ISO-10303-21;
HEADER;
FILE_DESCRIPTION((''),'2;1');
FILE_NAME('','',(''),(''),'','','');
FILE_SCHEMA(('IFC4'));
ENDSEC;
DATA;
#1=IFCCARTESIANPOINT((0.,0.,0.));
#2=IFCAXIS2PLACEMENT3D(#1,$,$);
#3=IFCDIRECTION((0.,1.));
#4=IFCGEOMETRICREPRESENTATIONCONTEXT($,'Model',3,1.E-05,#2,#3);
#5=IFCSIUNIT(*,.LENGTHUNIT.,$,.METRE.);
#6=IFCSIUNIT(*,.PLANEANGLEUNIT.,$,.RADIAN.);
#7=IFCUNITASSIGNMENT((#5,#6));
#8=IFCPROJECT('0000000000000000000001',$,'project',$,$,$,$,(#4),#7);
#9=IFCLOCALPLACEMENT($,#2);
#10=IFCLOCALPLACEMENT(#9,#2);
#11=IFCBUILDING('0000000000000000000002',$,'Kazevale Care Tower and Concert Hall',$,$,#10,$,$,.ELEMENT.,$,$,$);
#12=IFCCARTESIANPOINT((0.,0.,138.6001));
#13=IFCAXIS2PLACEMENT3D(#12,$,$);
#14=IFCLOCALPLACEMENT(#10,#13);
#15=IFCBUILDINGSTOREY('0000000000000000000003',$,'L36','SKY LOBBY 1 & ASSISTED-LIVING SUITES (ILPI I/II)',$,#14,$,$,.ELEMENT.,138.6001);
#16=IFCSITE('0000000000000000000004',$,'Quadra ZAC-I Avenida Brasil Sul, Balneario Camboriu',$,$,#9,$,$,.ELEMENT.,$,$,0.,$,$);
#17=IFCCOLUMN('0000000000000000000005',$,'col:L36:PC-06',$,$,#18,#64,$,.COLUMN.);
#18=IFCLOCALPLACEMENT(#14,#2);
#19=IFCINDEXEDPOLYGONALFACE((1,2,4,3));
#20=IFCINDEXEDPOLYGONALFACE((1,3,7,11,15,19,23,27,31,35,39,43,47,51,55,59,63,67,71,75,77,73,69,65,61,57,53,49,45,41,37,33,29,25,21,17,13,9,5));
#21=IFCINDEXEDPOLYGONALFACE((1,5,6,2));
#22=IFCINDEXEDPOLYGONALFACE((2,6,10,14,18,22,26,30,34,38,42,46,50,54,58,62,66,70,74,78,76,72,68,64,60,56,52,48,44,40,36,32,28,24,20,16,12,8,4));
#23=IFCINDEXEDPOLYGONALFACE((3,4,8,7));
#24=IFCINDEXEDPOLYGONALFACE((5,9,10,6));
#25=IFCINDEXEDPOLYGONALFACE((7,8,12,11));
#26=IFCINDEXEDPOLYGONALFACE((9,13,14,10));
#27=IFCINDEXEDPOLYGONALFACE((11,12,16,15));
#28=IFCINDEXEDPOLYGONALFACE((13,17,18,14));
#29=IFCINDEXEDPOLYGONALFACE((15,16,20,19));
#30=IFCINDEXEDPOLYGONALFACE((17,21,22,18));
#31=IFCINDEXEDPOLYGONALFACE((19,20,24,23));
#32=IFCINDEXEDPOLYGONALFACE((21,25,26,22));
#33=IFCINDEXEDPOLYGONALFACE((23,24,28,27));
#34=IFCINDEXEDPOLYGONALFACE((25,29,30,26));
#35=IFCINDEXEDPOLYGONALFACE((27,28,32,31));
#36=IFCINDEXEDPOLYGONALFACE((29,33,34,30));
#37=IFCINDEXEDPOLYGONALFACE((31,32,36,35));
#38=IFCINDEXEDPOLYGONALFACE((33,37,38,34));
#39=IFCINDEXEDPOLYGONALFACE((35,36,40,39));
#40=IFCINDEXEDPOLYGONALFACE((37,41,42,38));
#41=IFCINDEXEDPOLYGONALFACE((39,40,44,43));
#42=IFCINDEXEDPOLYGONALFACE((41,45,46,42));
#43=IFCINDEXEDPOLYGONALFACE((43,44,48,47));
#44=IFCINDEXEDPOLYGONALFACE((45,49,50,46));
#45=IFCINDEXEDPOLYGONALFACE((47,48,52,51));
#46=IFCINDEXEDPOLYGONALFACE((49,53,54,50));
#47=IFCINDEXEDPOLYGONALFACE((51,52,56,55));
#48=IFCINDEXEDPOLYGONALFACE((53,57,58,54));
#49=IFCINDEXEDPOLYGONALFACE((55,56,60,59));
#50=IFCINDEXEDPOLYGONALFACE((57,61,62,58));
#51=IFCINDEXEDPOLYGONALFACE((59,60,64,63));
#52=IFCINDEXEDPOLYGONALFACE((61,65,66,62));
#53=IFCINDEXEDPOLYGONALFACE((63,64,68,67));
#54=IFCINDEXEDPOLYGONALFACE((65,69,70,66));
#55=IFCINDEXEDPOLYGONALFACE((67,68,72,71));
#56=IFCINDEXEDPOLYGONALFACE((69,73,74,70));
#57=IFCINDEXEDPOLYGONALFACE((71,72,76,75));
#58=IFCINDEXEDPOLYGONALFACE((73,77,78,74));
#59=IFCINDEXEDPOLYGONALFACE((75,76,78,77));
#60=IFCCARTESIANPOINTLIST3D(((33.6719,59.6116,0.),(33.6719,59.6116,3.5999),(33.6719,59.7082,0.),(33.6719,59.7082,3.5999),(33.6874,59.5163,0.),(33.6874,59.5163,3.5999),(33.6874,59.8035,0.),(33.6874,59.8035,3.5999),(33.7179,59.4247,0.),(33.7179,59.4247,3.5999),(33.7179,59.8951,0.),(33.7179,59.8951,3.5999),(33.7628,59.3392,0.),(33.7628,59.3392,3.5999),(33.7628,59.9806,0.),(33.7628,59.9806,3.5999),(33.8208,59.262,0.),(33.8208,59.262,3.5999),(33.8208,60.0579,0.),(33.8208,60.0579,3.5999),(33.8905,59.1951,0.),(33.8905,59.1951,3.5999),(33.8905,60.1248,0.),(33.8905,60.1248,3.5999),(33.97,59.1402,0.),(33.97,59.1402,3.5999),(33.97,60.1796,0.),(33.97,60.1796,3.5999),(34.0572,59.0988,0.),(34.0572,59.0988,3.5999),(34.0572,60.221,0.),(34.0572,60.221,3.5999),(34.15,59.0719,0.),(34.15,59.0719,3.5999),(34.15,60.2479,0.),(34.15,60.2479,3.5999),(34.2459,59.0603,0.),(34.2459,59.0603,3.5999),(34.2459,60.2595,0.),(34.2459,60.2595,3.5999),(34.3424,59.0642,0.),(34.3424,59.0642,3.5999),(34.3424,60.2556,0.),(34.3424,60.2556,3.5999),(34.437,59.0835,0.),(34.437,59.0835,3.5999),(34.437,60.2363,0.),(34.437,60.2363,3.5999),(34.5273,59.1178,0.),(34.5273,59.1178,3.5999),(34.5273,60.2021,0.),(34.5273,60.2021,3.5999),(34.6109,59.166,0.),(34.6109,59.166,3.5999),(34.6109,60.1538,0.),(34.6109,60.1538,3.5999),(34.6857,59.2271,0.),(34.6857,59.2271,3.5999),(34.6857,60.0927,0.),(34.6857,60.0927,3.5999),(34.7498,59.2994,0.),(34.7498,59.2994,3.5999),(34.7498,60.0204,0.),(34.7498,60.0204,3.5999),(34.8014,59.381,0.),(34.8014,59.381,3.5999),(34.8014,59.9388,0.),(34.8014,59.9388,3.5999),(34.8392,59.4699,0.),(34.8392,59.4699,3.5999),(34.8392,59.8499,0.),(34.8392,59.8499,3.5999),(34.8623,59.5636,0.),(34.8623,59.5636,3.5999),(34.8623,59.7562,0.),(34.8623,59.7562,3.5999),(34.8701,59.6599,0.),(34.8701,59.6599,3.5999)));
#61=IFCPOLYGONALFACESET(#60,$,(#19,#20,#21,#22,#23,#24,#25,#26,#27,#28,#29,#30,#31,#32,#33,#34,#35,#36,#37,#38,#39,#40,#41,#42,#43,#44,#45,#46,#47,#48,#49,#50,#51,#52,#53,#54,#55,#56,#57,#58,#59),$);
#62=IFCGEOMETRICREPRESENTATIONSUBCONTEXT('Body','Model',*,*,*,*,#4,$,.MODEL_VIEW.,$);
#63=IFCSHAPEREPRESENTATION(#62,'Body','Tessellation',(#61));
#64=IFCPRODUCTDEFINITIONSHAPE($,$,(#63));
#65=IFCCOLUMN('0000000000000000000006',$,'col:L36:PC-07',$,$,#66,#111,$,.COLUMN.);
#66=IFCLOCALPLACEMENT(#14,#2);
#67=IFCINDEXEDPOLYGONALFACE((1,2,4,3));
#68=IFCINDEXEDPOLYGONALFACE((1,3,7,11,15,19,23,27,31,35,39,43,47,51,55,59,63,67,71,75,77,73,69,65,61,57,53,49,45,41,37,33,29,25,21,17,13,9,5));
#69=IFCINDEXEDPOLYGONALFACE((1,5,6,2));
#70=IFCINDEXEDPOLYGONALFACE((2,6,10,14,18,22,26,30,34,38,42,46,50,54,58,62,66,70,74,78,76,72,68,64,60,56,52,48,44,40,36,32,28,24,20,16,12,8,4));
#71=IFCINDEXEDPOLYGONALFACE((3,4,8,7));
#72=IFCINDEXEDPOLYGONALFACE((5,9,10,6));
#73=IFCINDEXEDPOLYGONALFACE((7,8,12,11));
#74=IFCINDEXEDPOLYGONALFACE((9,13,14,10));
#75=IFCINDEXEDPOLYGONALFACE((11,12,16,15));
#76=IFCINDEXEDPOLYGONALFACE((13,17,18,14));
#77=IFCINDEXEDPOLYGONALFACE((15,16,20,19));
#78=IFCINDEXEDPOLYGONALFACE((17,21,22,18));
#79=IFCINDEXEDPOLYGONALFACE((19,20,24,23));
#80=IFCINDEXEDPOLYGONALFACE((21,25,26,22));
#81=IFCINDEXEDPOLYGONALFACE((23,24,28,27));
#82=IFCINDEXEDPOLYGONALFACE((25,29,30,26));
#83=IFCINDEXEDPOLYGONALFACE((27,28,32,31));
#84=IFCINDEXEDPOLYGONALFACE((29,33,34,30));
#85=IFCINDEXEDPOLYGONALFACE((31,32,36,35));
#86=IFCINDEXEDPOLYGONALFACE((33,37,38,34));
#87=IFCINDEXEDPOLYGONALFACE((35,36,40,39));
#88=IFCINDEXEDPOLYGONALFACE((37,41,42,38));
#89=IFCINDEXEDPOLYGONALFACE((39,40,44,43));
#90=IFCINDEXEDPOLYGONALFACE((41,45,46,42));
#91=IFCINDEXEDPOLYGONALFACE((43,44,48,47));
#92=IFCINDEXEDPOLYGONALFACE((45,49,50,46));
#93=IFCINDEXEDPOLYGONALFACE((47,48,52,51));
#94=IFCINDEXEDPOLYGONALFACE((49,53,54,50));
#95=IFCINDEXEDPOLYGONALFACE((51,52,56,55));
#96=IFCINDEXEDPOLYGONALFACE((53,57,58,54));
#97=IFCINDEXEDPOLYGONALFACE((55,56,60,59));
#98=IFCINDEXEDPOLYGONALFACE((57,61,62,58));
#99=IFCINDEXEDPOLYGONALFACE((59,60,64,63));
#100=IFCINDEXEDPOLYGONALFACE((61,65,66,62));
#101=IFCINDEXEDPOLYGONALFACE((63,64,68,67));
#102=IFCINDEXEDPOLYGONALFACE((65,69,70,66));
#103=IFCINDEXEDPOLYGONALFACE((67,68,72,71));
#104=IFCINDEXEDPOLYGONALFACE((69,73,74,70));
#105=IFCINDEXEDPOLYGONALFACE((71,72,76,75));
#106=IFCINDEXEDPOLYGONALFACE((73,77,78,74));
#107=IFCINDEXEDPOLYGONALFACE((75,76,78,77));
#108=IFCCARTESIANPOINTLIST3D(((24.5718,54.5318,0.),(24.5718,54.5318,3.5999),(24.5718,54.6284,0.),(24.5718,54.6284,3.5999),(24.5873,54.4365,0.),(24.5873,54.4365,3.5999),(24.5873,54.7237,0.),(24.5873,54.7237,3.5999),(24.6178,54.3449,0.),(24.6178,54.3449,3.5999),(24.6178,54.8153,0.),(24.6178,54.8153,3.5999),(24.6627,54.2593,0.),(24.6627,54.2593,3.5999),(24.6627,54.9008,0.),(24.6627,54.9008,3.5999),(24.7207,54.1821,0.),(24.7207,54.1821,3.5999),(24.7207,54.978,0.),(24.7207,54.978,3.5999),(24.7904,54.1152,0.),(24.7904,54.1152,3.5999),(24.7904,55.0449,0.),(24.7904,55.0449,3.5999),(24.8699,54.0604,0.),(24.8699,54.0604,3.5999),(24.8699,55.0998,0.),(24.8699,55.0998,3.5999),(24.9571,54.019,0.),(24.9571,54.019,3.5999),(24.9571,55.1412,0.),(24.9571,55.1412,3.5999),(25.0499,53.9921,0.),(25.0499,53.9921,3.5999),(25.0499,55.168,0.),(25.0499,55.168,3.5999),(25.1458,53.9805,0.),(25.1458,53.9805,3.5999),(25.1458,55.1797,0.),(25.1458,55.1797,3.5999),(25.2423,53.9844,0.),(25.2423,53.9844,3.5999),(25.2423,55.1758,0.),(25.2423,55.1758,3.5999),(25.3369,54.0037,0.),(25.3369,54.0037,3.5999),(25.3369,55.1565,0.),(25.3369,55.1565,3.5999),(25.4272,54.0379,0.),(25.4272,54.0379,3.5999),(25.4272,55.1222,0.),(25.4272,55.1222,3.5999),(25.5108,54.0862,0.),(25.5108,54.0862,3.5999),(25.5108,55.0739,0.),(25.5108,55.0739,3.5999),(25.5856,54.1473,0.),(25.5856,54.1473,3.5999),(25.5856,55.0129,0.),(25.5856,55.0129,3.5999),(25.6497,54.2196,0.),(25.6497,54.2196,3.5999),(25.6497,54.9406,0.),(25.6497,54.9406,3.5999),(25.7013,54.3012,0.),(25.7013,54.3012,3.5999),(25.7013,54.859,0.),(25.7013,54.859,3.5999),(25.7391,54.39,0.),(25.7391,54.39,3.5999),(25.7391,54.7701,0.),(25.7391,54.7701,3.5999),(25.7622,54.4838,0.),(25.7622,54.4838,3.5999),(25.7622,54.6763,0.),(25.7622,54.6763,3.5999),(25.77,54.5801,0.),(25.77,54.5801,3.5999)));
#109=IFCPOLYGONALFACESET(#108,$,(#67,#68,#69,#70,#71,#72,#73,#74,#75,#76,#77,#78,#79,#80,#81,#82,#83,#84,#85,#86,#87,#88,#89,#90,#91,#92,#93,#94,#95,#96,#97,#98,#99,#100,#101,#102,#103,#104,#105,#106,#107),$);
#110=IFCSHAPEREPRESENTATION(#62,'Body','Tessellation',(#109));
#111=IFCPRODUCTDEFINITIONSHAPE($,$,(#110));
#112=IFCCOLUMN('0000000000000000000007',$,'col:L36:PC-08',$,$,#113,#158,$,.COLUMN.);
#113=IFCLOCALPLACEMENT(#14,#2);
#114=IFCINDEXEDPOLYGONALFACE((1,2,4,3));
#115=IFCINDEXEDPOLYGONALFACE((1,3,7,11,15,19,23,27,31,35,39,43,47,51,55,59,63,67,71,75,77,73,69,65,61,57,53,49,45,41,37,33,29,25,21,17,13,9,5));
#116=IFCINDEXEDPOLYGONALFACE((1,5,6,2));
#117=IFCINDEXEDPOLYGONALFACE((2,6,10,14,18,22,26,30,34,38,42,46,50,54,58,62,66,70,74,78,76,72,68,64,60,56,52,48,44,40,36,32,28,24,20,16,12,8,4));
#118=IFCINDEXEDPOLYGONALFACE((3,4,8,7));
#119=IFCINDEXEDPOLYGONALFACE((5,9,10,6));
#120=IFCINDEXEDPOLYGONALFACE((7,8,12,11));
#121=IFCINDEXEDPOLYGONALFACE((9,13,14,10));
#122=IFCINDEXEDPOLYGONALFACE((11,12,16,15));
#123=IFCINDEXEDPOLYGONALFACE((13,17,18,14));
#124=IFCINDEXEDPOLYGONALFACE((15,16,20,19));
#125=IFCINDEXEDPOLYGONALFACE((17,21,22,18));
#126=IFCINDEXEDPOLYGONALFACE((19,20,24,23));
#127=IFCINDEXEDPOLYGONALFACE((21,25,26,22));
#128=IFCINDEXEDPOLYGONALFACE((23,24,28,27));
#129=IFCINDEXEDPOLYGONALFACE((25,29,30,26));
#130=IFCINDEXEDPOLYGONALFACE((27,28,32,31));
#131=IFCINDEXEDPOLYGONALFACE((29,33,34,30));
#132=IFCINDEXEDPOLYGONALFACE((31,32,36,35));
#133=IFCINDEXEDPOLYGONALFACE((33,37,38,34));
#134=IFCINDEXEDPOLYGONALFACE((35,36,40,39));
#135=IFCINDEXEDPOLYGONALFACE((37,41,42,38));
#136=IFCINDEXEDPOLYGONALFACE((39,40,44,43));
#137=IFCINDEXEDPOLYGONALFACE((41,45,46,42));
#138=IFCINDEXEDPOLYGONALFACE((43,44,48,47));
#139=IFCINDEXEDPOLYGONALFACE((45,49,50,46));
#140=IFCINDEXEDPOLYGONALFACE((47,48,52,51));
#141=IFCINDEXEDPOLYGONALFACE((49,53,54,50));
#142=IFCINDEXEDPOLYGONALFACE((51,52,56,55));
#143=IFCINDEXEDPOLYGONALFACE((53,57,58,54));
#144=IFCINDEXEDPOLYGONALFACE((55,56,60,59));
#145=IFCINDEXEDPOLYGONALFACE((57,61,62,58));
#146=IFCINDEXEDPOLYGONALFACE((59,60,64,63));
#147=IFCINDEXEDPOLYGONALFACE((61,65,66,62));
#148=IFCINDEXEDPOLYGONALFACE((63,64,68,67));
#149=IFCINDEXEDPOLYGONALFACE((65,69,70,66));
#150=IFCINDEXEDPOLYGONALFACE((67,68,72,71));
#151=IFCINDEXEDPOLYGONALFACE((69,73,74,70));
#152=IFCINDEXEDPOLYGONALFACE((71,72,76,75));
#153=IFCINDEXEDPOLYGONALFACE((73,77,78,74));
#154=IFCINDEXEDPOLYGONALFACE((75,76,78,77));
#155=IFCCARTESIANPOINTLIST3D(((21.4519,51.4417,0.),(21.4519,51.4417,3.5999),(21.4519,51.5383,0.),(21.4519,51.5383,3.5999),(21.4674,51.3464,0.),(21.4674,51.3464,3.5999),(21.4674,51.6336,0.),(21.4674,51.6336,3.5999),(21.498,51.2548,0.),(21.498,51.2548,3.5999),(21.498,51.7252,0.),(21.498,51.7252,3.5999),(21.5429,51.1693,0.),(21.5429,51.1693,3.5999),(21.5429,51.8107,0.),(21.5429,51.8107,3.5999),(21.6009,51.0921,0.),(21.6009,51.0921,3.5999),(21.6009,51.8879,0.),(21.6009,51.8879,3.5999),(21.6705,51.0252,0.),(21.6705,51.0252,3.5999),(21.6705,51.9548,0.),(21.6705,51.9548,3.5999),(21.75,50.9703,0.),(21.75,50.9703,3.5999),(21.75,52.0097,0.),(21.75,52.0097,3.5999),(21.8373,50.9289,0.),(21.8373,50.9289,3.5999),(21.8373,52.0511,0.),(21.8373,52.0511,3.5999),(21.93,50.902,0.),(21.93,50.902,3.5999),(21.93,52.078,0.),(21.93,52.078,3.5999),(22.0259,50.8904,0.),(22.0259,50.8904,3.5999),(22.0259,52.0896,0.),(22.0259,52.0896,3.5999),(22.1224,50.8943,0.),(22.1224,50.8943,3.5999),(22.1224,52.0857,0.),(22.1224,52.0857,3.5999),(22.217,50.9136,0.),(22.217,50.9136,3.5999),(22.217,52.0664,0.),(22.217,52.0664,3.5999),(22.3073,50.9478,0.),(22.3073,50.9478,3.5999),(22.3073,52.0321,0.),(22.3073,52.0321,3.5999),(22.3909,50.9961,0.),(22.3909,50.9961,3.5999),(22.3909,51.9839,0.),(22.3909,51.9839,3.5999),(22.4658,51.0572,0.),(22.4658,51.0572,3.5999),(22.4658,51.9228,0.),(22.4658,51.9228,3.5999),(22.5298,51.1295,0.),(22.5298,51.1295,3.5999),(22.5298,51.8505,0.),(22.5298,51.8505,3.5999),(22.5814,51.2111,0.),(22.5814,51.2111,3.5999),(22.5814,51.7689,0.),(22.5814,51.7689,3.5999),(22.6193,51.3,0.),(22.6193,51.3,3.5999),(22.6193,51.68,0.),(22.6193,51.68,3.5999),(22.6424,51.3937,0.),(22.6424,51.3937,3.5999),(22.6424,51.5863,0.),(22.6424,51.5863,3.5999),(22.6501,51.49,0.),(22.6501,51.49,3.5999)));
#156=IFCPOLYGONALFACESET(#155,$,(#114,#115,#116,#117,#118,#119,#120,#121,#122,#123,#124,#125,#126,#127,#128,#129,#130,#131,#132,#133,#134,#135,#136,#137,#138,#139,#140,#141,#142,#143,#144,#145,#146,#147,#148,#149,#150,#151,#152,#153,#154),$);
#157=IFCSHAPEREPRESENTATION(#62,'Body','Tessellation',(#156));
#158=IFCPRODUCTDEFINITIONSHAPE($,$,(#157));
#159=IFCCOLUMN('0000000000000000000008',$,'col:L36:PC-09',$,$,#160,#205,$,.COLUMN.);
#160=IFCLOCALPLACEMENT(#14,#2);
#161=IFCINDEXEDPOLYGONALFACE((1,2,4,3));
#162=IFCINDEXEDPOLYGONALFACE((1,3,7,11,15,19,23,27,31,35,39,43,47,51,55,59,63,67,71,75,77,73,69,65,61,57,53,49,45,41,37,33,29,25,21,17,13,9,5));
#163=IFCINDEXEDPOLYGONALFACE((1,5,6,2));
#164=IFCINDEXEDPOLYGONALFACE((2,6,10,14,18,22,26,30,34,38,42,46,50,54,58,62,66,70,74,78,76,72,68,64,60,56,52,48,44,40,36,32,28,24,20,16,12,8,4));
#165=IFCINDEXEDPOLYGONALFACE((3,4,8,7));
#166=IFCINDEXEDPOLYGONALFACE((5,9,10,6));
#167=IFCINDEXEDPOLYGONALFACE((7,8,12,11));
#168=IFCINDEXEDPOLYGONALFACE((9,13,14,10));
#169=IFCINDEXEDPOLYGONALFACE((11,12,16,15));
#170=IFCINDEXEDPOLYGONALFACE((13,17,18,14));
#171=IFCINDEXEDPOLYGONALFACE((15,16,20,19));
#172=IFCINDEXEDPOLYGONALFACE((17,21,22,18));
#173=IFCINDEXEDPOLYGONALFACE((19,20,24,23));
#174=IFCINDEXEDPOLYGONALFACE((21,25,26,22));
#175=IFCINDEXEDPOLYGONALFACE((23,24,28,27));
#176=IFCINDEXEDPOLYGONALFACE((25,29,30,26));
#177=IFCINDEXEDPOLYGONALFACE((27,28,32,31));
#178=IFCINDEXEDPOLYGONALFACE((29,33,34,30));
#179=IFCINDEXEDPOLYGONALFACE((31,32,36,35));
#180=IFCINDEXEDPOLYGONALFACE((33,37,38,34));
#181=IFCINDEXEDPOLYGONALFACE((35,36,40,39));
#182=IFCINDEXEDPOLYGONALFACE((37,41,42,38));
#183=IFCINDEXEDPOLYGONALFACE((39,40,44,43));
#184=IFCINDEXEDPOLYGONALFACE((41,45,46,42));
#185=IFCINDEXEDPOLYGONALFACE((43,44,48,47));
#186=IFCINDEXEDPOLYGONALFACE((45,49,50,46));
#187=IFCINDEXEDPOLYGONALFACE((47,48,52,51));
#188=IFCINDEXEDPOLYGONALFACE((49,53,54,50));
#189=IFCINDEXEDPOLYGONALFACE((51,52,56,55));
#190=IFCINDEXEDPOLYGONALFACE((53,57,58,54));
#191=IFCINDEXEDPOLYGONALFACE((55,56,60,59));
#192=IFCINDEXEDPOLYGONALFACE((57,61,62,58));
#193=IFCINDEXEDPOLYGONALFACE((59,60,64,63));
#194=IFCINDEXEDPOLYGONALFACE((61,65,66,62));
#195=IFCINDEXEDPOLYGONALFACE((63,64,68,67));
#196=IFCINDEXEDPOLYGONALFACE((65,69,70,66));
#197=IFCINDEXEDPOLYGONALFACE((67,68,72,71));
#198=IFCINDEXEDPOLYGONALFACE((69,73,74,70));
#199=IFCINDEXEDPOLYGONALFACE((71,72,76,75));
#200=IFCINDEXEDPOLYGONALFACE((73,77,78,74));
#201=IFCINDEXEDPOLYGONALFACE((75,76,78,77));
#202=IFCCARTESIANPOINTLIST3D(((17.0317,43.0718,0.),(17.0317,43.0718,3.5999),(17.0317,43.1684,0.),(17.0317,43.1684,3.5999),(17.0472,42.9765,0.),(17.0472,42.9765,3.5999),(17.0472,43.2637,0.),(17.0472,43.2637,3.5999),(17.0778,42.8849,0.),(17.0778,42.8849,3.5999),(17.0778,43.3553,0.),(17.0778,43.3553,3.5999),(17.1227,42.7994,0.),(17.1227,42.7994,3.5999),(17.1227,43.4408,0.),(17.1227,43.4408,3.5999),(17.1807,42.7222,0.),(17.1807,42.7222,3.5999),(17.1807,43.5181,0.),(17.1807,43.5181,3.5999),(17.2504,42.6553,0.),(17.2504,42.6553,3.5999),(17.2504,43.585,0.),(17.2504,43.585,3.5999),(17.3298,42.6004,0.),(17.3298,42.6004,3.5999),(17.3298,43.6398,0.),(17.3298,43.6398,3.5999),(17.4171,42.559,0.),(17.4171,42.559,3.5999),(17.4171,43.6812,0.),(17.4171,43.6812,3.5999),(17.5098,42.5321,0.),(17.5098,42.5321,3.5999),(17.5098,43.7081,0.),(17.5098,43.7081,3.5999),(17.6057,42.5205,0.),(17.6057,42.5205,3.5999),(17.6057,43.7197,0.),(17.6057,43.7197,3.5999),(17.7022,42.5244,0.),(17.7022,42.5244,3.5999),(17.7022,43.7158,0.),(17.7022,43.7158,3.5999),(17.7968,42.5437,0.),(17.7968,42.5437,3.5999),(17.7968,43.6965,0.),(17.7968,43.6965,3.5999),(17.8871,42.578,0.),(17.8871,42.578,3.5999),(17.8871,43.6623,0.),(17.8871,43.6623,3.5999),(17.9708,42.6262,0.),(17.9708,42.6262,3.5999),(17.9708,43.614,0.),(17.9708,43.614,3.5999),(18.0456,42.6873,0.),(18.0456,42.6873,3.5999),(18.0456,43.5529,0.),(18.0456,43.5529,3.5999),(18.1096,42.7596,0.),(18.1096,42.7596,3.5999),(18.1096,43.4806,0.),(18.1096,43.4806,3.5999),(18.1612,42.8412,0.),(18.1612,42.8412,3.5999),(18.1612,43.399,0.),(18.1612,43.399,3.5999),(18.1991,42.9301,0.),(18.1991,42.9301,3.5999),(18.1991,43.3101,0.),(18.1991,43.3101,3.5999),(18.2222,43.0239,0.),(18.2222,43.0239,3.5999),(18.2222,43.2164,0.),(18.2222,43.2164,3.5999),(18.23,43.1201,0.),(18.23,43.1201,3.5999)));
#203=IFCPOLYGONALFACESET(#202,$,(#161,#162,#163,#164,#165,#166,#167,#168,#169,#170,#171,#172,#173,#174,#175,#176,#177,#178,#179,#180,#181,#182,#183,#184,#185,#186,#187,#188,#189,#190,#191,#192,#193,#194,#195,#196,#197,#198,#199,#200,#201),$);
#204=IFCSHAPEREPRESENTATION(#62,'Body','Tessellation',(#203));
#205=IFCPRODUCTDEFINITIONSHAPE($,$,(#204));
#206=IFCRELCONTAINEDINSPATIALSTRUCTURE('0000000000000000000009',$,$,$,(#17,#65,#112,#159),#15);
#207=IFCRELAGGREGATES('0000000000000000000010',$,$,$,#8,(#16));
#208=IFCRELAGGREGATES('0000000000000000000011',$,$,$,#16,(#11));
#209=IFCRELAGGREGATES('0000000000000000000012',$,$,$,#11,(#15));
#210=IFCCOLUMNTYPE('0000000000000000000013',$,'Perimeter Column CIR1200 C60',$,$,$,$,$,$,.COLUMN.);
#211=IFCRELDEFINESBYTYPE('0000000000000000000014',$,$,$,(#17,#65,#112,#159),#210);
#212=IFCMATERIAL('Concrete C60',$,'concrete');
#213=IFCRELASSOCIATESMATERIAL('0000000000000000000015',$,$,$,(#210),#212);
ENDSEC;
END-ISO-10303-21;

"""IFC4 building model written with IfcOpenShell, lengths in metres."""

from ifc_helpers import new_model, si_unit, direction, frame, origin, origin_2d, place, context, subcontext, project, spatial, circle, extrude, material, material_profile, profile_set, type_object, element, save


model = new_model("IFC4")

# Units and contexts
model_context = context("Model", 3, precision=1e-05, world=origin(), true_north=direction((0.0, 1.0)))
body_context = subcontext(model_context, "Body", "Model", "MODEL_VIEW")
ifc_project = project(units=[si_unit("LENGTHUNIT", "METRE"), si_unit("PLANEANGLEUNIT", "RADIAN")], contexts=[model_context])

# Site, building, storey
site_placement = place(None, origin())
site = spatial("IfcSite", under=ifc_project, at=site_placement, Name="Quadra ZAC-I Avenida Brasil Sul, Balneario Camboriu", CompositionType="ELEMENT", RefElevation=0.0)
building_placement = place(site_placement, origin())
building = spatial("IfcBuilding", under=site, at=building_placement, Name="Kazevale Care Tower and Concert Hall", CompositionType="ELEMENT")
storey_placement = place(building_placement, frame((0.0, 0.0, 138.6001)))
storey = spatial("IfcBuildingStorey", under=building, at=storey_placement, Name="L36", Description="SKY LOBBY 1 & ASSISTED-LIVING SUITES (ILPI I/II)", CompositionType="ELEMENT", Elevation=138.6001)

# Columns
ifc_material_1 = material(Name="Concrete C60", Category="concrete")
ifc_material_profile_1 = material_profile(ifc_material_1, circle(Radius=0.6001, at=origin_2d()), Name="RC-CIR1200")
ifc_profile_set_1 = profile_set([ifc_material_profile_1], Name="Concrete C60")
column_type = type_object("IfcColumnType", Name="Perimeter Column CIR1200 C60", PredefinedType="COLUMN", material=ifc_profile_set_1)
for number, where, z_axis, x_axis, name in (
    (1, (34.27, 59.6599, 0.0), (0.0, 0.0, 1.0), (1.0, 0.0, 0.0), "col:L36:PC-06"),
    (2, (25.1699, 54.5801, 0.0), (0.0, 0.0, 1.0), (1.0, 0.0, 0.0), "col:L36:PC-07"),
    (3, (22.05, 51.49, 0.0), (0.0, 0.0, 1.0), (1.0, 0.0, 0.0), "col:L36:PC-08"),
    (4, (17.6299, 43.1201, 0.0), (0.0, 0.0, 1.0), (1.0, 0.0, 0.0), "col:L36:PC-09"),
):
    element("IfcColumn", number, at=place(storey_placement, frame(where, z_axis=z_axis, x_axis=x_axis)), inside=storey, type_object=column_type, Name=name, PredefinedType="COLUMN", context=body_context, shape_type="SweptSolid", body=[
        extrude(circle(Radius=0.6001, at=origin_2d()), origin(), (0.0, 0.0, 1.0), 3.5999),
    ])

save(model, "model.ifc")
